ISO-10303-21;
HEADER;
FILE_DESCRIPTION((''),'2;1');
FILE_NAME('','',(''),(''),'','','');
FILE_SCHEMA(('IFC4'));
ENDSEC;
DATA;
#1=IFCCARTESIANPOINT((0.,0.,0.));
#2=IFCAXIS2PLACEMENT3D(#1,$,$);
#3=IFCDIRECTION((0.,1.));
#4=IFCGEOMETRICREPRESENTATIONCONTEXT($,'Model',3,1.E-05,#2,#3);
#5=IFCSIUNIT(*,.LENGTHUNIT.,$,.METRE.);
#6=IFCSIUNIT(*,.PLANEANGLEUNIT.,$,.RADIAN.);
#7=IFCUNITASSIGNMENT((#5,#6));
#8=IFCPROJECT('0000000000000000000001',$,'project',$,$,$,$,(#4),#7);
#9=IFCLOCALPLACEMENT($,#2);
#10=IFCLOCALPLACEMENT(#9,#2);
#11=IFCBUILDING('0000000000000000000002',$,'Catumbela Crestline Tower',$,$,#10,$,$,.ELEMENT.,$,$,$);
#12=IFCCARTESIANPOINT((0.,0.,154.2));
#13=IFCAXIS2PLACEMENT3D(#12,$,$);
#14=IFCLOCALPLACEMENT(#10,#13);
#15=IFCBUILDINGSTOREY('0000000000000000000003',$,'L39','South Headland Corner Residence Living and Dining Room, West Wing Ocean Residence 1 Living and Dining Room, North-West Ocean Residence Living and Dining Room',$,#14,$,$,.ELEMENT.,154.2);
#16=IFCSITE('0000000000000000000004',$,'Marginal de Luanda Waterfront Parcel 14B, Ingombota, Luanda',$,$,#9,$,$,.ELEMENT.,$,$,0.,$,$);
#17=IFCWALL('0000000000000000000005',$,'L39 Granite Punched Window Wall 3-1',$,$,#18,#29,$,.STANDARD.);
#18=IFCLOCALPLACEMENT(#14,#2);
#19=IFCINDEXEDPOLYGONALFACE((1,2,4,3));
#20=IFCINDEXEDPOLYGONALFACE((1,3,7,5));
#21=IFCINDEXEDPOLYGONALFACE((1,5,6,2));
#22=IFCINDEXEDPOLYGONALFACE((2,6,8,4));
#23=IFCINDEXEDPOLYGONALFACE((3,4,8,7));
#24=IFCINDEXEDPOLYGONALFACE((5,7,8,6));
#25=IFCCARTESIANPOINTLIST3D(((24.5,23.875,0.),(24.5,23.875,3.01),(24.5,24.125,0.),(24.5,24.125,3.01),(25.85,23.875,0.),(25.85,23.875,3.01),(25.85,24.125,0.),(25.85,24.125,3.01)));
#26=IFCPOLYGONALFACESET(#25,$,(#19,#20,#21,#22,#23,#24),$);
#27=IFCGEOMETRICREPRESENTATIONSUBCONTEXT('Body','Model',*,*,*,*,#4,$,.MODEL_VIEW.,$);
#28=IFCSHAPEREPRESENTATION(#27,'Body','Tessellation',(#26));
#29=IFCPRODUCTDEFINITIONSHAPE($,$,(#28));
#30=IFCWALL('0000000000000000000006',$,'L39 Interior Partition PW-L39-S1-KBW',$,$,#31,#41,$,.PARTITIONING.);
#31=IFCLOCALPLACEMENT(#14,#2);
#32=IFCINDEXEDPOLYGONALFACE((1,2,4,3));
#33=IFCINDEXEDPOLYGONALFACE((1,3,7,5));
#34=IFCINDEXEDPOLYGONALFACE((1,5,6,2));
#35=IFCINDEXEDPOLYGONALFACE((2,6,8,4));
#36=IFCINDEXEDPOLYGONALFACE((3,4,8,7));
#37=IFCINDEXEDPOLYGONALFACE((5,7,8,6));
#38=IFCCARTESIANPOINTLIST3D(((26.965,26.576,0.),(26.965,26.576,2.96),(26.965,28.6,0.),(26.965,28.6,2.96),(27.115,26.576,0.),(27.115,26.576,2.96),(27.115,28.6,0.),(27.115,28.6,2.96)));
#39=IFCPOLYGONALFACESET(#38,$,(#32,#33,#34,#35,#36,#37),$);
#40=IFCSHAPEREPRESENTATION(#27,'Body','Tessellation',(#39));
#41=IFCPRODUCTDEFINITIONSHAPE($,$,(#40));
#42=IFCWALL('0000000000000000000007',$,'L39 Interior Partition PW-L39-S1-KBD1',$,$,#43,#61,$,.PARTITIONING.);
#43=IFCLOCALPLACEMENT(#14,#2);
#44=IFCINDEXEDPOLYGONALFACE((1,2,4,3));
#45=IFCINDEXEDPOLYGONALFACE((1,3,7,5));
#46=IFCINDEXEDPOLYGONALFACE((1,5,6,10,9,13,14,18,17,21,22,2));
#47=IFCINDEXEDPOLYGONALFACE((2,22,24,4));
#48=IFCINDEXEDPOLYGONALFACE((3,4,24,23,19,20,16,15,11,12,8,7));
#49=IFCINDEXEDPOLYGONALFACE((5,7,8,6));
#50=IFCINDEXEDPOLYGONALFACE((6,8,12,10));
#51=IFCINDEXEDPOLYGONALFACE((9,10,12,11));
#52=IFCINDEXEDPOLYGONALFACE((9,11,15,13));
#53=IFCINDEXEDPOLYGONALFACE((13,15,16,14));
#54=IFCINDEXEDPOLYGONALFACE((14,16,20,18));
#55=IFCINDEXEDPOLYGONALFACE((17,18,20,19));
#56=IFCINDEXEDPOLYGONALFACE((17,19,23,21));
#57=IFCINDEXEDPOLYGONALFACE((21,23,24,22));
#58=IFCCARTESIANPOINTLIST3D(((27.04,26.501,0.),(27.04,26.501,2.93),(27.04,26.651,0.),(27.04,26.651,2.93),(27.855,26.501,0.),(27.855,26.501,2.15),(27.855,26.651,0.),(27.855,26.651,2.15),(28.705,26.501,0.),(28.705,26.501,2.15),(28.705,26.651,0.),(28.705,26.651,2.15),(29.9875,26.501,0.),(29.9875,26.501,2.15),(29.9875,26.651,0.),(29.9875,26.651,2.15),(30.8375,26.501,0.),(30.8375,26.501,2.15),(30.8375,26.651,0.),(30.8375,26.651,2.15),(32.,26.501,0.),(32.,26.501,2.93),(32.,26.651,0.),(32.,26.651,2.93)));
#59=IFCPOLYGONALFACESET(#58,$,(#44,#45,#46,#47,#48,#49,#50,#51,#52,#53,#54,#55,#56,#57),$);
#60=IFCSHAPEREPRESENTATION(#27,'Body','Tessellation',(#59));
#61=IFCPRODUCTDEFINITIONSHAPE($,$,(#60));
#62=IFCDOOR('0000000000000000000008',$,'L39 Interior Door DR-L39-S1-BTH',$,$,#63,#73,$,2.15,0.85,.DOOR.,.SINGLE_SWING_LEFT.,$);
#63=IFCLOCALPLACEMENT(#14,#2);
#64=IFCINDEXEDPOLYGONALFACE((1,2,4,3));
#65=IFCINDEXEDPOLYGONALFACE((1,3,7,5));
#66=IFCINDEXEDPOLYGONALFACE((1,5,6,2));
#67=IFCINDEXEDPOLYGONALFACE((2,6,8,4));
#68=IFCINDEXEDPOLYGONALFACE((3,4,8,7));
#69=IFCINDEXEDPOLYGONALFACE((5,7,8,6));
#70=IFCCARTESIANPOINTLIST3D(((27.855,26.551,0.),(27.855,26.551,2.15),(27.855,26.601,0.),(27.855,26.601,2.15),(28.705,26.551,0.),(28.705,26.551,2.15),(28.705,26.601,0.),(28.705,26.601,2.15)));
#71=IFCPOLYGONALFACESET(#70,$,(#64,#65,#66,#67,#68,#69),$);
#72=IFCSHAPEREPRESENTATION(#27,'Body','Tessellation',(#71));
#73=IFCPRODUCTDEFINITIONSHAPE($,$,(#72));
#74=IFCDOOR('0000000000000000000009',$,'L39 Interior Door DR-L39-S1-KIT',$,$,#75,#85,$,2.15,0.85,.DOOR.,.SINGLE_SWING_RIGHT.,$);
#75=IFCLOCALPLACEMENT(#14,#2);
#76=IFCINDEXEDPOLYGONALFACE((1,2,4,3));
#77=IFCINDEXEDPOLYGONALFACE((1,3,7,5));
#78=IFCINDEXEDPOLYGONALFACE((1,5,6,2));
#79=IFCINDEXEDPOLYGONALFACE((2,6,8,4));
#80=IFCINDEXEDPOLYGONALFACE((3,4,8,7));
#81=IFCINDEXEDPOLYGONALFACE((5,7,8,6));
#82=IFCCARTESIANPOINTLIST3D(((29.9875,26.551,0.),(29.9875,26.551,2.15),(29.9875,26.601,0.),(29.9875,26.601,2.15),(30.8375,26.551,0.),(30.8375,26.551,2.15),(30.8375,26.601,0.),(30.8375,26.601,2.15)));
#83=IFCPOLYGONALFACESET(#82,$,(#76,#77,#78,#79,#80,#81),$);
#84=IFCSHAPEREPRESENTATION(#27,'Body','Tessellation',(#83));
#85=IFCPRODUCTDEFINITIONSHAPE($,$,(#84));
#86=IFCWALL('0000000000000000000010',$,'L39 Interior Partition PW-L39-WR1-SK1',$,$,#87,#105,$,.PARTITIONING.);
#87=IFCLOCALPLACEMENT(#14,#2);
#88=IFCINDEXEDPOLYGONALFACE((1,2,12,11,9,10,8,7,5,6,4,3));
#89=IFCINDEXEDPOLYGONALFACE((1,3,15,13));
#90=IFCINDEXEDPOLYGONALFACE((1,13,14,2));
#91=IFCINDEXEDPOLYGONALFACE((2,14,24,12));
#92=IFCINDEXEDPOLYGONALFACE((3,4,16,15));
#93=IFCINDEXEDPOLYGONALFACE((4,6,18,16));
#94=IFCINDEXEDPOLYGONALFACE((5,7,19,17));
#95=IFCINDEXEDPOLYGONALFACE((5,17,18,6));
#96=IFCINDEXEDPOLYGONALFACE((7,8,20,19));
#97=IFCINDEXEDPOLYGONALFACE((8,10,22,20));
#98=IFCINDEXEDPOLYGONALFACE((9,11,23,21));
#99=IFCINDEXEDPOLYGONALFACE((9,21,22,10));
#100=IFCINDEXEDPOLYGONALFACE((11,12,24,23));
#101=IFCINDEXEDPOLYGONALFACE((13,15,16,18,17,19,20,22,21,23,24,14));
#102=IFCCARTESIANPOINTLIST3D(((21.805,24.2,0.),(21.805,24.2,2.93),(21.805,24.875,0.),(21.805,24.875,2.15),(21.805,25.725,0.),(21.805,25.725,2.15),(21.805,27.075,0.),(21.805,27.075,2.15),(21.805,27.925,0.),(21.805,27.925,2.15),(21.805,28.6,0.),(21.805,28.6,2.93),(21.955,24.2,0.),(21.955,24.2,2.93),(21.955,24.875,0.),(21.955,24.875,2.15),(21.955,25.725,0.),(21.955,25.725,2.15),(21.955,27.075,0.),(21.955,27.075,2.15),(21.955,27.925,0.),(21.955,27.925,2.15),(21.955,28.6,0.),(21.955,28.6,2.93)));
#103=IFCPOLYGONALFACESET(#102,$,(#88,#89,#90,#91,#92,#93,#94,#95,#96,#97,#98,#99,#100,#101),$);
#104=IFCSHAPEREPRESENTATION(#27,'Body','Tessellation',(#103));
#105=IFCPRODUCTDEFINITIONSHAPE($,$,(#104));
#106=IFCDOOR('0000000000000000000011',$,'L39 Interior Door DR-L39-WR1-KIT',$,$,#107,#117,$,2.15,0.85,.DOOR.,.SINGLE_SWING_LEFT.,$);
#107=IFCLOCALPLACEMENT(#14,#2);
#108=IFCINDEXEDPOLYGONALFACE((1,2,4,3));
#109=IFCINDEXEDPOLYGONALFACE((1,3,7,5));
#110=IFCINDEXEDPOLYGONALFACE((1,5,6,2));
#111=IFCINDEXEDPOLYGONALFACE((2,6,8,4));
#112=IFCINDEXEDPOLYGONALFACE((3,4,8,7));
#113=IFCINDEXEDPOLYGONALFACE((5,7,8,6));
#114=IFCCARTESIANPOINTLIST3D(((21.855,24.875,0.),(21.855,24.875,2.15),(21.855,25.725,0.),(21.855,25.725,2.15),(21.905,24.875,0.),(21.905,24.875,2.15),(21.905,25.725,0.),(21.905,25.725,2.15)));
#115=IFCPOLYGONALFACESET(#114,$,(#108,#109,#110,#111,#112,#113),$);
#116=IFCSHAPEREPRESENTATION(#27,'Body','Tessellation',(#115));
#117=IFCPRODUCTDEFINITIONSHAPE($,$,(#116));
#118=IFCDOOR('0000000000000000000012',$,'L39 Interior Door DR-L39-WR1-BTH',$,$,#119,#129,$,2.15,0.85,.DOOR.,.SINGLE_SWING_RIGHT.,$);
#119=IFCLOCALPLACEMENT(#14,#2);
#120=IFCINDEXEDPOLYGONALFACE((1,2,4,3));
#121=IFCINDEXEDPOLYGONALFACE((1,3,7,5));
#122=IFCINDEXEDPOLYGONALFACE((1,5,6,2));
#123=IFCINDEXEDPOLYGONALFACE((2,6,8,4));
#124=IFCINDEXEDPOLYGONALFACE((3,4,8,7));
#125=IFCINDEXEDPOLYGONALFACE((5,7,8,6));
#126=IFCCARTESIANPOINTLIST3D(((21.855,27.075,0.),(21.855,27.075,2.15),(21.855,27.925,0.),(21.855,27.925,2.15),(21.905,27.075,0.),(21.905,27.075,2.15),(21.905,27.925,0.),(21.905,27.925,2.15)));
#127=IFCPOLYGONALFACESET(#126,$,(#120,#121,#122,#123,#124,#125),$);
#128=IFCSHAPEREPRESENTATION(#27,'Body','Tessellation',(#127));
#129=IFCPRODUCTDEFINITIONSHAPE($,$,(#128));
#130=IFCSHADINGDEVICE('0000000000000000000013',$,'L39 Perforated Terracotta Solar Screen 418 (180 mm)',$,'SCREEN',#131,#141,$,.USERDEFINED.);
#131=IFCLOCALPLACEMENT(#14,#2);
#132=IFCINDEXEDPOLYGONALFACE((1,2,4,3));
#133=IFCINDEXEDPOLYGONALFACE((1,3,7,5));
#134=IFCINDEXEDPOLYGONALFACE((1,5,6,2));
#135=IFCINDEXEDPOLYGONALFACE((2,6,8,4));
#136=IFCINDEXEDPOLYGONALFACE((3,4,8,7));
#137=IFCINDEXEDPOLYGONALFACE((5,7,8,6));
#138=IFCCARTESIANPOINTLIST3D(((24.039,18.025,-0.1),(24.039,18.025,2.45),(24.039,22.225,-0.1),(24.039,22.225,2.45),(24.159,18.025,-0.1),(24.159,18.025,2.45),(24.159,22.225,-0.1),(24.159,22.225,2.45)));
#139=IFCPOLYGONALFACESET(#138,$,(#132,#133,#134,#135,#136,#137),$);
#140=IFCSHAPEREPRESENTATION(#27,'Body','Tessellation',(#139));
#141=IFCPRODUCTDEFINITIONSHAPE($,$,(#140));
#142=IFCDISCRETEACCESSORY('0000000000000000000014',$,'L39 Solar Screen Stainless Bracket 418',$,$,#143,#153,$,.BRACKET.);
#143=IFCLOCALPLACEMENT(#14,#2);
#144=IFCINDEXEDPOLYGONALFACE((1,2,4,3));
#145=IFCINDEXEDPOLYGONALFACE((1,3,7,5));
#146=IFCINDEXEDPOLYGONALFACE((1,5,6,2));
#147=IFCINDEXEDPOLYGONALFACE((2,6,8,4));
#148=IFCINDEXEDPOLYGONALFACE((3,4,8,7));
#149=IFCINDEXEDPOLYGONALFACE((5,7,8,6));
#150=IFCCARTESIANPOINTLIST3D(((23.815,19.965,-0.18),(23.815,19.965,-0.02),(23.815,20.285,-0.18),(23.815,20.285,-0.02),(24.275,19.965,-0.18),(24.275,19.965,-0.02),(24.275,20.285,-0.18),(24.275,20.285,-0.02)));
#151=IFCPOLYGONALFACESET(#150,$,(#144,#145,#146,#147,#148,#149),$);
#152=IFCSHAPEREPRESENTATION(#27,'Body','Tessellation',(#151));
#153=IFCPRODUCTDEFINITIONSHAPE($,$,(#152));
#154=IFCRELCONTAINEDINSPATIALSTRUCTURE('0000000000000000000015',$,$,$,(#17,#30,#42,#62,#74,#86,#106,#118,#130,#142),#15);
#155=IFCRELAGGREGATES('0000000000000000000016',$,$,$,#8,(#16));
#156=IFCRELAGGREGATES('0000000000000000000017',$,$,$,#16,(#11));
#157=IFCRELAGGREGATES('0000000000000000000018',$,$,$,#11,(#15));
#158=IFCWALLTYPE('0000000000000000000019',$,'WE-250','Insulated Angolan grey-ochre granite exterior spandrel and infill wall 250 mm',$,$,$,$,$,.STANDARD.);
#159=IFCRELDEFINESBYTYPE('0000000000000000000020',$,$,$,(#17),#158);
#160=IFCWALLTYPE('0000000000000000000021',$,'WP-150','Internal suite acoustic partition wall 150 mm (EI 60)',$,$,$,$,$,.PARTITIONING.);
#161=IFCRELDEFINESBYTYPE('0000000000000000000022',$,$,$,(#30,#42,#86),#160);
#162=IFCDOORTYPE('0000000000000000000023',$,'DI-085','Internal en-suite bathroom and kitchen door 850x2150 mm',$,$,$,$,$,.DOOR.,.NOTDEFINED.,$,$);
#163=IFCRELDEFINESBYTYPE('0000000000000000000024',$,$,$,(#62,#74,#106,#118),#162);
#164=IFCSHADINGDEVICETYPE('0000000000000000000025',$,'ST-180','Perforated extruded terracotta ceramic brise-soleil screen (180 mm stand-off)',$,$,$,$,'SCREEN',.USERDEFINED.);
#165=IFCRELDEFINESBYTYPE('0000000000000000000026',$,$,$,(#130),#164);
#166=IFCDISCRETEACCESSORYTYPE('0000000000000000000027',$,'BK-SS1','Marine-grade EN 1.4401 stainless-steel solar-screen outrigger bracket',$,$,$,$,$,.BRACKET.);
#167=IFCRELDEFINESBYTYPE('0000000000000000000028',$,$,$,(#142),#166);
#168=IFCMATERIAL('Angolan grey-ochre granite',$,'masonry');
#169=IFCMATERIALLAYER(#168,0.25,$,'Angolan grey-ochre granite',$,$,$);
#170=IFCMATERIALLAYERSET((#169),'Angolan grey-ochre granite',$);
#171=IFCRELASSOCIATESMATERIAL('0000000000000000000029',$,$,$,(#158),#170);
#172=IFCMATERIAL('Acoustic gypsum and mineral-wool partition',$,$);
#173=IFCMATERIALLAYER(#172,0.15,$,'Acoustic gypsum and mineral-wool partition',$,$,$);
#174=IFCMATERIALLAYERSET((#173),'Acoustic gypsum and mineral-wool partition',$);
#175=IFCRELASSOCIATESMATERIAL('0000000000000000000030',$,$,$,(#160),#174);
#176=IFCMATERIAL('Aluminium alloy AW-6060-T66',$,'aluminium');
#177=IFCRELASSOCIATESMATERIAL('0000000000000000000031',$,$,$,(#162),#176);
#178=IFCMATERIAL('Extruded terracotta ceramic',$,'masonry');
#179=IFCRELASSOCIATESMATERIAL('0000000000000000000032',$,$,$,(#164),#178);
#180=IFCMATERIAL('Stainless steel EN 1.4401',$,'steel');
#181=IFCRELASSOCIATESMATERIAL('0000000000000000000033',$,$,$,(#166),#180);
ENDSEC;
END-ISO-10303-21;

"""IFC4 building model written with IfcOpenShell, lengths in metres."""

from ifc_helpers import new_model, si_unit, direction, frame, frame_2d, origin, origin_2d, place, context, subcontext, project, spatial, rectangle, extrude, material, layer, layer_set, type_object, element, fill, save


model = new_model("IFC4")

# Units and contexts
model_context = context("Model", 3, precision=1e-05, world=origin(), true_north=direction((0.0, 1.0)))
body_context = subcontext(model_context, "Body", "Model", "MODEL_VIEW")
ifc_project = project(units=[si_unit("LENGTHUNIT", "METRE"), si_unit("PLANEANGLEUNIT", "RADIAN")], contexts=[model_context])

# Site, building, storey
site_placement = place(None, origin())
site = spatial("IfcSite", under=ifc_project, at=site_placement, Name="Marginal de Luanda Waterfront Parcel 14B, Ingombota, Luanda", CompositionType="ELEMENT", RefElevation=0.0)
building_placement = place(site_placement, origin())
building = spatial("IfcBuilding", under=site, at=building_placement, Name="Catumbela Crestline Tower", CompositionType="ELEMENT")
storey_placement = place(building_placement, frame((0.0, 0.0, 154.2)))
storey = spatial("IfcBuildingStorey", under=building, at=storey_placement, Name="L39", Description="South Headland Corner Residence Living and Dining Room, West Wing Ocean Residence 1 Living and Dining Room, North-West Ocean Residence Living and Dining Room", CompositionType="ELEMENT", Elevation=154.2)

# Shared definitions
ifc_material_1 = material(Name="Aluminium alloy AW-6060-T66", Category="aluminium")

# Shared definitions
ifc_material_2 = material(Name="Angolan grey-ochre granite", Category="masonry")
ifc_layer_1 = layer(ifc_material_2, 0.25, Name="Angolan grey-ochre granite")
ifc_layer_set_1 = layer_set([ifc_layer_1], Name="Angolan grey-ochre granite")
wall_type_1 = type_object("IfcWallType", Name="WE-250", Description="Insulated Angolan grey-ochre granite exterior spandrel and infill wall 250 mm", PredefinedType="STANDARD", material=ifc_layer_set_1)

# Walls
wall_1_placement = place(storey_placement, frame((24.5, 24.0, 0.0), z_axis=(0.0, 0.0, 1.0), x_axis=(1.0, 0.0, 0.0)))
element("IfcWall", 1, at=wall_1_placement, inside=storey, type_object=wall_type_1, Name="L39 Granite Punched Window Wall 3-1", PredefinedType="STANDARD", context=body_context, shape_type="SweptSolid", body=[
    extrude(rectangle(XDim=1.35, YDim=0.25, at=frame_2d((0.675, 0.0))), origin(), (0.0, 0.0, 1.0), 3.01),
])
ifc_material_3 = material(Name="Acoustic gypsum and mineral-wool partition")
ifc_layer_2 = layer(ifc_material_3, 0.15, Name="Acoustic gypsum and mineral-wool partition")
ifc_layer_set_2 = layer_set([ifc_layer_2], Name="Acoustic gypsum and mineral-wool partition")
wall_type_2 = type_object("IfcWallType", Name="WP-150", Description="Internal suite acoustic partition wall 150 mm (EI 60)", PredefinedType="PARTITIONING", material=ifc_layer_set_2)
wall_2_placement = place(storey_placement, frame((27.04, 26.576, 0.0), z_axis=(0.0, 0.0, 1.0), x_axis=(0.0, 1.0, 0.0)))
element("IfcWall", 2, at=wall_2_placement, inside=storey, type_object=wall_type_2, Name="L39 Interior Partition PW-L39-S1-KBW", PredefinedType="PARTITIONING", context=body_context, shape_type="SweptSolid", body=[
    extrude(rectangle(XDim=2.024, YDim=0.15, at=frame_2d((1.012, 0.0))), origin(), (0.0, 0.0, 1.0), 2.96),
])

# Walls, openings, doors
wall_3_placement = place(storey_placement, frame((27.04, 26.576, 0.0), z_axis=(0.0, 0.0, 1.0), x_axis=(1.0, 0.0, 0.0)))
wall_3 = element("IfcWall", 3, at=wall_3_placement, inside=storey, type_object=wall_type_2, Name="L39 Interior Partition PW-L39-S1-KBD1", PredefinedType="PARTITIONING", context=body_context, shape_type="SweptSolid", body=[
    extrude(rectangle(XDim=4.96, YDim=0.15, at=frame_2d((2.48, 0.0))), origin(), (0.0, 0.0, 1.0), 2.93),
])
opening_1_placement = place(wall_3_placement, frame((0.815, 0.0, 0.0)))
opening_1 = element("IfcOpeningElement", 4, at=opening_1_placement, cuts=wall_3, PredefinedType="OPENING", context=body_context, shape_type="SweptSolid", body=[
    extrude(rectangle(XDim=0.85, YDim=2.15, at=frame_2d((0.425, 1.075))), frame((0.0, 0.085, 0.0), z_axis=(0.0, -1.0, 0.0), x_axis=(1.0, 0.0, 0.0)), (0.0, 0.0, 1.0), 0.17),
])
opening_2_placement = place(wall_3_placement, frame((2.9475, 0.0, 0.0)))
opening_2 = element("IfcOpeningElement", 5, at=opening_2_placement, cuts=wall_3, PredefinedType="OPENING", context=body_context, shape_type="SweptSolid", body=[
    extrude(rectangle(XDim=0.85, YDim=2.15, at=frame_2d((0.425, 1.075))), frame((0.0, 0.085, 0.0), z_axis=(0.0, -1.0, 0.0), x_axis=(1.0, 0.0, 0.0)), (0.0, 0.0, 1.0), 0.17),
])
door_type_1 = type_object("IfcDoorType", Name="DI-085", Description="Internal en-suite bathroom and kitchen door 850x2150 mm", OperationType="NOTDEFINED", PredefinedType="DOOR", material=ifc_material_1)
door_1_placement = place(opening_1_placement, origin())
door_1 = element("IfcDoor", 6, at=door_1_placement, inside=storey, type_object=door_type_1, Name="L39 Interior Door DR-L39-S1-BTH", OperationType="SINGLE_SWING_LEFT", OverallHeight=2.15, OverallWidth=0.85, PredefinedType="DOOR", context=body_context, shape_type="SweptSolid", body=[
    extrude(rectangle(XDim=0.85, YDim=2.15, at=frame_2d((0.425, 1.075))), frame((0.0, 0.025, 0.0), z_axis=(0.0, -1.0, 0.0), x_axis=(1.0, 0.0, 0.0)), (0.0, 0.0, 1.0), 0.05),
])
fill(opening_1, door_1)
door_2_placement = place(opening_2_placement, origin())
door_2 = element("IfcDoor", 7, at=door_2_placement, inside=storey, type_object=door_type_1, Name="L39 Interior Door DR-L39-S1-KIT", OperationType="SINGLE_SWING_RIGHT", OverallHeight=2.15, OverallWidth=0.85, PredefinedType="DOOR", context=body_context, shape_type="SweptSolid", body=[
    extrude(rectangle(XDim=0.85, YDim=2.15, at=frame_2d((0.425, 1.075))), frame((0.0, 0.025, 0.0), z_axis=(0.0, -1.0, 0.0), x_axis=(1.0, 0.0, 0.0)), (0.0, 0.0, 1.0), 0.05),
])
fill(opening_2, door_2)
wall_4_placement = place(storey_placement, frame((21.88, 24.2, 0.0), z_axis=(0.0, 0.0, 1.0), x_axis=(0.0, 1.0, 0.0)))
wall_4 = element("IfcWall", 8, at=wall_4_placement, inside=storey, type_object=wall_type_2, Name="L39 Interior Partition PW-L39-WR1-SK1", PredefinedType="PARTITIONING", context=body_context, shape_type="SweptSolid", body=[
    extrude(rectangle(XDim=4.4, YDim=0.15, at=frame_2d((2.2, 0.0))), origin(), (0.0, 0.0, 1.0), 2.93),
])
opening_3_placement = place(wall_4_placement, frame((0.675, 0.0, 0.0)))
opening_3 = element("IfcOpeningElement", 9, at=opening_3_placement, cuts=wall_4, PredefinedType="OPENING", context=body_context, shape_type="SweptSolid", body=[
    extrude(rectangle(XDim=0.85, YDim=2.15, at=frame_2d((0.425, 1.075))), frame((0.0, 0.085, 0.0), z_axis=(0.0, -1.0, 0.0), x_axis=(1.0, 0.0, 0.0)), (0.0, 0.0, 1.0), 0.17),
])
opening_4_placement = place(wall_4_placement, frame((2.875, 0.0, 0.0)))
opening_4 = element("IfcOpeningElement", 10, at=opening_4_placement, cuts=wall_4, PredefinedType="OPENING", context=body_context, shape_type="SweptSolid", body=[
    extrude(rectangle(XDim=0.85, YDim=2.15, at=frame_2d((0.425, 1.075))), frame((0.0, 0.085, 0.0), z_axis=(0.0, -1.0, 0.0), x_axis=(1.0, 0.0, 0.0)), (0.0, 0.0, 1.0), 0.17),
])
door_3_placement = place(opening_3_placement, origin())
door_3 = element("IfcDoor", 11, at=door_3_placement, inside=storey, type_object=door_type_1, Name="L39 Interior Door DR-L39-WR1-KIT", OperationType="SINGLE_SWING_LEFT", OverallHeight=2.15, OverallWidth=0.85, PredefinedType="DOOR", context=body_context, shape_type="SweptSolid", body=[
    extrude(rectangle(XDim=0.85, YDim=2.15, at=frame_2d((0.425, 1.075))), frame((0.0, 0.025, 0.0), z_axis=(0.0, -1.0, 0.0), x_axis=(1.0, 0.0, 0.0)), (0.0, 0.0, 1.0), 0.05),
])
fill(opening_3, door_3)
door_4_placement = place(opening_4_placement, origin())
door_4 = element("IfcDoor", 12, at=door_4_placement, inside=storey, type_object=door_type_1, Name="L39 Interior Door DR-L39-WR1-BTH", OperationType="SINGLE_SWING_RIGHT", OverallHeight=2.15, OverallWidth=0.85, PredefinedType="DOOR", context=body_context, shape_type="SweptSolid", body=[
    extrude(rectangle(XDim=0.85, YDim=2.15, at=frame_2d((0.425, 1.075))), frame((0.0, 0.025, 0.0), z_axis=(0.0, -1.0, 0.0), x_axis=(1.0, 0.0, 0.0)), (0.0, 0.0, 1.0), 0.05),
])
fill(opening_4, door_4)

# Shared definitions
ifc_material_4 = material(Name="Stainless steel EN 1.4401", Category="steel")

# Shading device
ifc_material_5 = material(Name="Extruded terracotta ceramic", Category="masonry")
shading_device_type = type_object("IfcShadingDeviceType", Name="ST-180", Description="Perforated extruded terracotta ceramic brise-soleil screen (180 mm stand-off)", ElementType="SCREEN", PredefinedType="USERDEFINED", material=ifc_material_5)
shading_device_placement = place(storey_placement, frame((24.099, 20.125, -0.1), z_axis=(0.0, 0.0, 1.0), x_axis=(0.0, 1.0, 0.0)))
element("IfcShadingDevice", 13, at=shading_device_placement, inside=storey, type_object=shading_device_type, Name="L39 Perforated Terracotta Solar Screen 418 (180 mm)", ObjectType="SCREEN", PredefinedType="USERDEFINED", context=body_context, shape_type="SweptSolid", body=[
    extrude(rectangle(XDim=4.2, YDim=0.12, at=origin_2d()), origin(), (0.0, 0.0, 1.0), 2.55),
])

# Discrete accessory
discrete_accessory_type = type_object("IfcDiscreteAccessoryType", Name="BK-SS1", Description="Marine-grade EN 1.4401 stainless-steel solar-screen outrigger bracket", PredefinedType="BRACKET", material=ifc_material_4)
discrete_accessory_placement = place(storey_placement, frame((24.045, 20.125, -0.18), z_axis=(0.0, 0.0, 1.0), x_axis=(0.0, 1.0, 0.0)))
element("IfcDiscreteAccessory", 14, at=discrete_accessory_placement, inside=storey, type_object=discrete_accessory_type, Name="L39 Solar Screen Stainless Bracket 418", PredefinedType="BRACKET", context=body_context, shape_type="SweptSolid", body=[
    extrude(rectangle(XDim=0.32, YDim=0.46, at=origin_2d()), origin(), (0.0, 0.0, 1.0), 0.16),
])

save(model, "model.ifc")
